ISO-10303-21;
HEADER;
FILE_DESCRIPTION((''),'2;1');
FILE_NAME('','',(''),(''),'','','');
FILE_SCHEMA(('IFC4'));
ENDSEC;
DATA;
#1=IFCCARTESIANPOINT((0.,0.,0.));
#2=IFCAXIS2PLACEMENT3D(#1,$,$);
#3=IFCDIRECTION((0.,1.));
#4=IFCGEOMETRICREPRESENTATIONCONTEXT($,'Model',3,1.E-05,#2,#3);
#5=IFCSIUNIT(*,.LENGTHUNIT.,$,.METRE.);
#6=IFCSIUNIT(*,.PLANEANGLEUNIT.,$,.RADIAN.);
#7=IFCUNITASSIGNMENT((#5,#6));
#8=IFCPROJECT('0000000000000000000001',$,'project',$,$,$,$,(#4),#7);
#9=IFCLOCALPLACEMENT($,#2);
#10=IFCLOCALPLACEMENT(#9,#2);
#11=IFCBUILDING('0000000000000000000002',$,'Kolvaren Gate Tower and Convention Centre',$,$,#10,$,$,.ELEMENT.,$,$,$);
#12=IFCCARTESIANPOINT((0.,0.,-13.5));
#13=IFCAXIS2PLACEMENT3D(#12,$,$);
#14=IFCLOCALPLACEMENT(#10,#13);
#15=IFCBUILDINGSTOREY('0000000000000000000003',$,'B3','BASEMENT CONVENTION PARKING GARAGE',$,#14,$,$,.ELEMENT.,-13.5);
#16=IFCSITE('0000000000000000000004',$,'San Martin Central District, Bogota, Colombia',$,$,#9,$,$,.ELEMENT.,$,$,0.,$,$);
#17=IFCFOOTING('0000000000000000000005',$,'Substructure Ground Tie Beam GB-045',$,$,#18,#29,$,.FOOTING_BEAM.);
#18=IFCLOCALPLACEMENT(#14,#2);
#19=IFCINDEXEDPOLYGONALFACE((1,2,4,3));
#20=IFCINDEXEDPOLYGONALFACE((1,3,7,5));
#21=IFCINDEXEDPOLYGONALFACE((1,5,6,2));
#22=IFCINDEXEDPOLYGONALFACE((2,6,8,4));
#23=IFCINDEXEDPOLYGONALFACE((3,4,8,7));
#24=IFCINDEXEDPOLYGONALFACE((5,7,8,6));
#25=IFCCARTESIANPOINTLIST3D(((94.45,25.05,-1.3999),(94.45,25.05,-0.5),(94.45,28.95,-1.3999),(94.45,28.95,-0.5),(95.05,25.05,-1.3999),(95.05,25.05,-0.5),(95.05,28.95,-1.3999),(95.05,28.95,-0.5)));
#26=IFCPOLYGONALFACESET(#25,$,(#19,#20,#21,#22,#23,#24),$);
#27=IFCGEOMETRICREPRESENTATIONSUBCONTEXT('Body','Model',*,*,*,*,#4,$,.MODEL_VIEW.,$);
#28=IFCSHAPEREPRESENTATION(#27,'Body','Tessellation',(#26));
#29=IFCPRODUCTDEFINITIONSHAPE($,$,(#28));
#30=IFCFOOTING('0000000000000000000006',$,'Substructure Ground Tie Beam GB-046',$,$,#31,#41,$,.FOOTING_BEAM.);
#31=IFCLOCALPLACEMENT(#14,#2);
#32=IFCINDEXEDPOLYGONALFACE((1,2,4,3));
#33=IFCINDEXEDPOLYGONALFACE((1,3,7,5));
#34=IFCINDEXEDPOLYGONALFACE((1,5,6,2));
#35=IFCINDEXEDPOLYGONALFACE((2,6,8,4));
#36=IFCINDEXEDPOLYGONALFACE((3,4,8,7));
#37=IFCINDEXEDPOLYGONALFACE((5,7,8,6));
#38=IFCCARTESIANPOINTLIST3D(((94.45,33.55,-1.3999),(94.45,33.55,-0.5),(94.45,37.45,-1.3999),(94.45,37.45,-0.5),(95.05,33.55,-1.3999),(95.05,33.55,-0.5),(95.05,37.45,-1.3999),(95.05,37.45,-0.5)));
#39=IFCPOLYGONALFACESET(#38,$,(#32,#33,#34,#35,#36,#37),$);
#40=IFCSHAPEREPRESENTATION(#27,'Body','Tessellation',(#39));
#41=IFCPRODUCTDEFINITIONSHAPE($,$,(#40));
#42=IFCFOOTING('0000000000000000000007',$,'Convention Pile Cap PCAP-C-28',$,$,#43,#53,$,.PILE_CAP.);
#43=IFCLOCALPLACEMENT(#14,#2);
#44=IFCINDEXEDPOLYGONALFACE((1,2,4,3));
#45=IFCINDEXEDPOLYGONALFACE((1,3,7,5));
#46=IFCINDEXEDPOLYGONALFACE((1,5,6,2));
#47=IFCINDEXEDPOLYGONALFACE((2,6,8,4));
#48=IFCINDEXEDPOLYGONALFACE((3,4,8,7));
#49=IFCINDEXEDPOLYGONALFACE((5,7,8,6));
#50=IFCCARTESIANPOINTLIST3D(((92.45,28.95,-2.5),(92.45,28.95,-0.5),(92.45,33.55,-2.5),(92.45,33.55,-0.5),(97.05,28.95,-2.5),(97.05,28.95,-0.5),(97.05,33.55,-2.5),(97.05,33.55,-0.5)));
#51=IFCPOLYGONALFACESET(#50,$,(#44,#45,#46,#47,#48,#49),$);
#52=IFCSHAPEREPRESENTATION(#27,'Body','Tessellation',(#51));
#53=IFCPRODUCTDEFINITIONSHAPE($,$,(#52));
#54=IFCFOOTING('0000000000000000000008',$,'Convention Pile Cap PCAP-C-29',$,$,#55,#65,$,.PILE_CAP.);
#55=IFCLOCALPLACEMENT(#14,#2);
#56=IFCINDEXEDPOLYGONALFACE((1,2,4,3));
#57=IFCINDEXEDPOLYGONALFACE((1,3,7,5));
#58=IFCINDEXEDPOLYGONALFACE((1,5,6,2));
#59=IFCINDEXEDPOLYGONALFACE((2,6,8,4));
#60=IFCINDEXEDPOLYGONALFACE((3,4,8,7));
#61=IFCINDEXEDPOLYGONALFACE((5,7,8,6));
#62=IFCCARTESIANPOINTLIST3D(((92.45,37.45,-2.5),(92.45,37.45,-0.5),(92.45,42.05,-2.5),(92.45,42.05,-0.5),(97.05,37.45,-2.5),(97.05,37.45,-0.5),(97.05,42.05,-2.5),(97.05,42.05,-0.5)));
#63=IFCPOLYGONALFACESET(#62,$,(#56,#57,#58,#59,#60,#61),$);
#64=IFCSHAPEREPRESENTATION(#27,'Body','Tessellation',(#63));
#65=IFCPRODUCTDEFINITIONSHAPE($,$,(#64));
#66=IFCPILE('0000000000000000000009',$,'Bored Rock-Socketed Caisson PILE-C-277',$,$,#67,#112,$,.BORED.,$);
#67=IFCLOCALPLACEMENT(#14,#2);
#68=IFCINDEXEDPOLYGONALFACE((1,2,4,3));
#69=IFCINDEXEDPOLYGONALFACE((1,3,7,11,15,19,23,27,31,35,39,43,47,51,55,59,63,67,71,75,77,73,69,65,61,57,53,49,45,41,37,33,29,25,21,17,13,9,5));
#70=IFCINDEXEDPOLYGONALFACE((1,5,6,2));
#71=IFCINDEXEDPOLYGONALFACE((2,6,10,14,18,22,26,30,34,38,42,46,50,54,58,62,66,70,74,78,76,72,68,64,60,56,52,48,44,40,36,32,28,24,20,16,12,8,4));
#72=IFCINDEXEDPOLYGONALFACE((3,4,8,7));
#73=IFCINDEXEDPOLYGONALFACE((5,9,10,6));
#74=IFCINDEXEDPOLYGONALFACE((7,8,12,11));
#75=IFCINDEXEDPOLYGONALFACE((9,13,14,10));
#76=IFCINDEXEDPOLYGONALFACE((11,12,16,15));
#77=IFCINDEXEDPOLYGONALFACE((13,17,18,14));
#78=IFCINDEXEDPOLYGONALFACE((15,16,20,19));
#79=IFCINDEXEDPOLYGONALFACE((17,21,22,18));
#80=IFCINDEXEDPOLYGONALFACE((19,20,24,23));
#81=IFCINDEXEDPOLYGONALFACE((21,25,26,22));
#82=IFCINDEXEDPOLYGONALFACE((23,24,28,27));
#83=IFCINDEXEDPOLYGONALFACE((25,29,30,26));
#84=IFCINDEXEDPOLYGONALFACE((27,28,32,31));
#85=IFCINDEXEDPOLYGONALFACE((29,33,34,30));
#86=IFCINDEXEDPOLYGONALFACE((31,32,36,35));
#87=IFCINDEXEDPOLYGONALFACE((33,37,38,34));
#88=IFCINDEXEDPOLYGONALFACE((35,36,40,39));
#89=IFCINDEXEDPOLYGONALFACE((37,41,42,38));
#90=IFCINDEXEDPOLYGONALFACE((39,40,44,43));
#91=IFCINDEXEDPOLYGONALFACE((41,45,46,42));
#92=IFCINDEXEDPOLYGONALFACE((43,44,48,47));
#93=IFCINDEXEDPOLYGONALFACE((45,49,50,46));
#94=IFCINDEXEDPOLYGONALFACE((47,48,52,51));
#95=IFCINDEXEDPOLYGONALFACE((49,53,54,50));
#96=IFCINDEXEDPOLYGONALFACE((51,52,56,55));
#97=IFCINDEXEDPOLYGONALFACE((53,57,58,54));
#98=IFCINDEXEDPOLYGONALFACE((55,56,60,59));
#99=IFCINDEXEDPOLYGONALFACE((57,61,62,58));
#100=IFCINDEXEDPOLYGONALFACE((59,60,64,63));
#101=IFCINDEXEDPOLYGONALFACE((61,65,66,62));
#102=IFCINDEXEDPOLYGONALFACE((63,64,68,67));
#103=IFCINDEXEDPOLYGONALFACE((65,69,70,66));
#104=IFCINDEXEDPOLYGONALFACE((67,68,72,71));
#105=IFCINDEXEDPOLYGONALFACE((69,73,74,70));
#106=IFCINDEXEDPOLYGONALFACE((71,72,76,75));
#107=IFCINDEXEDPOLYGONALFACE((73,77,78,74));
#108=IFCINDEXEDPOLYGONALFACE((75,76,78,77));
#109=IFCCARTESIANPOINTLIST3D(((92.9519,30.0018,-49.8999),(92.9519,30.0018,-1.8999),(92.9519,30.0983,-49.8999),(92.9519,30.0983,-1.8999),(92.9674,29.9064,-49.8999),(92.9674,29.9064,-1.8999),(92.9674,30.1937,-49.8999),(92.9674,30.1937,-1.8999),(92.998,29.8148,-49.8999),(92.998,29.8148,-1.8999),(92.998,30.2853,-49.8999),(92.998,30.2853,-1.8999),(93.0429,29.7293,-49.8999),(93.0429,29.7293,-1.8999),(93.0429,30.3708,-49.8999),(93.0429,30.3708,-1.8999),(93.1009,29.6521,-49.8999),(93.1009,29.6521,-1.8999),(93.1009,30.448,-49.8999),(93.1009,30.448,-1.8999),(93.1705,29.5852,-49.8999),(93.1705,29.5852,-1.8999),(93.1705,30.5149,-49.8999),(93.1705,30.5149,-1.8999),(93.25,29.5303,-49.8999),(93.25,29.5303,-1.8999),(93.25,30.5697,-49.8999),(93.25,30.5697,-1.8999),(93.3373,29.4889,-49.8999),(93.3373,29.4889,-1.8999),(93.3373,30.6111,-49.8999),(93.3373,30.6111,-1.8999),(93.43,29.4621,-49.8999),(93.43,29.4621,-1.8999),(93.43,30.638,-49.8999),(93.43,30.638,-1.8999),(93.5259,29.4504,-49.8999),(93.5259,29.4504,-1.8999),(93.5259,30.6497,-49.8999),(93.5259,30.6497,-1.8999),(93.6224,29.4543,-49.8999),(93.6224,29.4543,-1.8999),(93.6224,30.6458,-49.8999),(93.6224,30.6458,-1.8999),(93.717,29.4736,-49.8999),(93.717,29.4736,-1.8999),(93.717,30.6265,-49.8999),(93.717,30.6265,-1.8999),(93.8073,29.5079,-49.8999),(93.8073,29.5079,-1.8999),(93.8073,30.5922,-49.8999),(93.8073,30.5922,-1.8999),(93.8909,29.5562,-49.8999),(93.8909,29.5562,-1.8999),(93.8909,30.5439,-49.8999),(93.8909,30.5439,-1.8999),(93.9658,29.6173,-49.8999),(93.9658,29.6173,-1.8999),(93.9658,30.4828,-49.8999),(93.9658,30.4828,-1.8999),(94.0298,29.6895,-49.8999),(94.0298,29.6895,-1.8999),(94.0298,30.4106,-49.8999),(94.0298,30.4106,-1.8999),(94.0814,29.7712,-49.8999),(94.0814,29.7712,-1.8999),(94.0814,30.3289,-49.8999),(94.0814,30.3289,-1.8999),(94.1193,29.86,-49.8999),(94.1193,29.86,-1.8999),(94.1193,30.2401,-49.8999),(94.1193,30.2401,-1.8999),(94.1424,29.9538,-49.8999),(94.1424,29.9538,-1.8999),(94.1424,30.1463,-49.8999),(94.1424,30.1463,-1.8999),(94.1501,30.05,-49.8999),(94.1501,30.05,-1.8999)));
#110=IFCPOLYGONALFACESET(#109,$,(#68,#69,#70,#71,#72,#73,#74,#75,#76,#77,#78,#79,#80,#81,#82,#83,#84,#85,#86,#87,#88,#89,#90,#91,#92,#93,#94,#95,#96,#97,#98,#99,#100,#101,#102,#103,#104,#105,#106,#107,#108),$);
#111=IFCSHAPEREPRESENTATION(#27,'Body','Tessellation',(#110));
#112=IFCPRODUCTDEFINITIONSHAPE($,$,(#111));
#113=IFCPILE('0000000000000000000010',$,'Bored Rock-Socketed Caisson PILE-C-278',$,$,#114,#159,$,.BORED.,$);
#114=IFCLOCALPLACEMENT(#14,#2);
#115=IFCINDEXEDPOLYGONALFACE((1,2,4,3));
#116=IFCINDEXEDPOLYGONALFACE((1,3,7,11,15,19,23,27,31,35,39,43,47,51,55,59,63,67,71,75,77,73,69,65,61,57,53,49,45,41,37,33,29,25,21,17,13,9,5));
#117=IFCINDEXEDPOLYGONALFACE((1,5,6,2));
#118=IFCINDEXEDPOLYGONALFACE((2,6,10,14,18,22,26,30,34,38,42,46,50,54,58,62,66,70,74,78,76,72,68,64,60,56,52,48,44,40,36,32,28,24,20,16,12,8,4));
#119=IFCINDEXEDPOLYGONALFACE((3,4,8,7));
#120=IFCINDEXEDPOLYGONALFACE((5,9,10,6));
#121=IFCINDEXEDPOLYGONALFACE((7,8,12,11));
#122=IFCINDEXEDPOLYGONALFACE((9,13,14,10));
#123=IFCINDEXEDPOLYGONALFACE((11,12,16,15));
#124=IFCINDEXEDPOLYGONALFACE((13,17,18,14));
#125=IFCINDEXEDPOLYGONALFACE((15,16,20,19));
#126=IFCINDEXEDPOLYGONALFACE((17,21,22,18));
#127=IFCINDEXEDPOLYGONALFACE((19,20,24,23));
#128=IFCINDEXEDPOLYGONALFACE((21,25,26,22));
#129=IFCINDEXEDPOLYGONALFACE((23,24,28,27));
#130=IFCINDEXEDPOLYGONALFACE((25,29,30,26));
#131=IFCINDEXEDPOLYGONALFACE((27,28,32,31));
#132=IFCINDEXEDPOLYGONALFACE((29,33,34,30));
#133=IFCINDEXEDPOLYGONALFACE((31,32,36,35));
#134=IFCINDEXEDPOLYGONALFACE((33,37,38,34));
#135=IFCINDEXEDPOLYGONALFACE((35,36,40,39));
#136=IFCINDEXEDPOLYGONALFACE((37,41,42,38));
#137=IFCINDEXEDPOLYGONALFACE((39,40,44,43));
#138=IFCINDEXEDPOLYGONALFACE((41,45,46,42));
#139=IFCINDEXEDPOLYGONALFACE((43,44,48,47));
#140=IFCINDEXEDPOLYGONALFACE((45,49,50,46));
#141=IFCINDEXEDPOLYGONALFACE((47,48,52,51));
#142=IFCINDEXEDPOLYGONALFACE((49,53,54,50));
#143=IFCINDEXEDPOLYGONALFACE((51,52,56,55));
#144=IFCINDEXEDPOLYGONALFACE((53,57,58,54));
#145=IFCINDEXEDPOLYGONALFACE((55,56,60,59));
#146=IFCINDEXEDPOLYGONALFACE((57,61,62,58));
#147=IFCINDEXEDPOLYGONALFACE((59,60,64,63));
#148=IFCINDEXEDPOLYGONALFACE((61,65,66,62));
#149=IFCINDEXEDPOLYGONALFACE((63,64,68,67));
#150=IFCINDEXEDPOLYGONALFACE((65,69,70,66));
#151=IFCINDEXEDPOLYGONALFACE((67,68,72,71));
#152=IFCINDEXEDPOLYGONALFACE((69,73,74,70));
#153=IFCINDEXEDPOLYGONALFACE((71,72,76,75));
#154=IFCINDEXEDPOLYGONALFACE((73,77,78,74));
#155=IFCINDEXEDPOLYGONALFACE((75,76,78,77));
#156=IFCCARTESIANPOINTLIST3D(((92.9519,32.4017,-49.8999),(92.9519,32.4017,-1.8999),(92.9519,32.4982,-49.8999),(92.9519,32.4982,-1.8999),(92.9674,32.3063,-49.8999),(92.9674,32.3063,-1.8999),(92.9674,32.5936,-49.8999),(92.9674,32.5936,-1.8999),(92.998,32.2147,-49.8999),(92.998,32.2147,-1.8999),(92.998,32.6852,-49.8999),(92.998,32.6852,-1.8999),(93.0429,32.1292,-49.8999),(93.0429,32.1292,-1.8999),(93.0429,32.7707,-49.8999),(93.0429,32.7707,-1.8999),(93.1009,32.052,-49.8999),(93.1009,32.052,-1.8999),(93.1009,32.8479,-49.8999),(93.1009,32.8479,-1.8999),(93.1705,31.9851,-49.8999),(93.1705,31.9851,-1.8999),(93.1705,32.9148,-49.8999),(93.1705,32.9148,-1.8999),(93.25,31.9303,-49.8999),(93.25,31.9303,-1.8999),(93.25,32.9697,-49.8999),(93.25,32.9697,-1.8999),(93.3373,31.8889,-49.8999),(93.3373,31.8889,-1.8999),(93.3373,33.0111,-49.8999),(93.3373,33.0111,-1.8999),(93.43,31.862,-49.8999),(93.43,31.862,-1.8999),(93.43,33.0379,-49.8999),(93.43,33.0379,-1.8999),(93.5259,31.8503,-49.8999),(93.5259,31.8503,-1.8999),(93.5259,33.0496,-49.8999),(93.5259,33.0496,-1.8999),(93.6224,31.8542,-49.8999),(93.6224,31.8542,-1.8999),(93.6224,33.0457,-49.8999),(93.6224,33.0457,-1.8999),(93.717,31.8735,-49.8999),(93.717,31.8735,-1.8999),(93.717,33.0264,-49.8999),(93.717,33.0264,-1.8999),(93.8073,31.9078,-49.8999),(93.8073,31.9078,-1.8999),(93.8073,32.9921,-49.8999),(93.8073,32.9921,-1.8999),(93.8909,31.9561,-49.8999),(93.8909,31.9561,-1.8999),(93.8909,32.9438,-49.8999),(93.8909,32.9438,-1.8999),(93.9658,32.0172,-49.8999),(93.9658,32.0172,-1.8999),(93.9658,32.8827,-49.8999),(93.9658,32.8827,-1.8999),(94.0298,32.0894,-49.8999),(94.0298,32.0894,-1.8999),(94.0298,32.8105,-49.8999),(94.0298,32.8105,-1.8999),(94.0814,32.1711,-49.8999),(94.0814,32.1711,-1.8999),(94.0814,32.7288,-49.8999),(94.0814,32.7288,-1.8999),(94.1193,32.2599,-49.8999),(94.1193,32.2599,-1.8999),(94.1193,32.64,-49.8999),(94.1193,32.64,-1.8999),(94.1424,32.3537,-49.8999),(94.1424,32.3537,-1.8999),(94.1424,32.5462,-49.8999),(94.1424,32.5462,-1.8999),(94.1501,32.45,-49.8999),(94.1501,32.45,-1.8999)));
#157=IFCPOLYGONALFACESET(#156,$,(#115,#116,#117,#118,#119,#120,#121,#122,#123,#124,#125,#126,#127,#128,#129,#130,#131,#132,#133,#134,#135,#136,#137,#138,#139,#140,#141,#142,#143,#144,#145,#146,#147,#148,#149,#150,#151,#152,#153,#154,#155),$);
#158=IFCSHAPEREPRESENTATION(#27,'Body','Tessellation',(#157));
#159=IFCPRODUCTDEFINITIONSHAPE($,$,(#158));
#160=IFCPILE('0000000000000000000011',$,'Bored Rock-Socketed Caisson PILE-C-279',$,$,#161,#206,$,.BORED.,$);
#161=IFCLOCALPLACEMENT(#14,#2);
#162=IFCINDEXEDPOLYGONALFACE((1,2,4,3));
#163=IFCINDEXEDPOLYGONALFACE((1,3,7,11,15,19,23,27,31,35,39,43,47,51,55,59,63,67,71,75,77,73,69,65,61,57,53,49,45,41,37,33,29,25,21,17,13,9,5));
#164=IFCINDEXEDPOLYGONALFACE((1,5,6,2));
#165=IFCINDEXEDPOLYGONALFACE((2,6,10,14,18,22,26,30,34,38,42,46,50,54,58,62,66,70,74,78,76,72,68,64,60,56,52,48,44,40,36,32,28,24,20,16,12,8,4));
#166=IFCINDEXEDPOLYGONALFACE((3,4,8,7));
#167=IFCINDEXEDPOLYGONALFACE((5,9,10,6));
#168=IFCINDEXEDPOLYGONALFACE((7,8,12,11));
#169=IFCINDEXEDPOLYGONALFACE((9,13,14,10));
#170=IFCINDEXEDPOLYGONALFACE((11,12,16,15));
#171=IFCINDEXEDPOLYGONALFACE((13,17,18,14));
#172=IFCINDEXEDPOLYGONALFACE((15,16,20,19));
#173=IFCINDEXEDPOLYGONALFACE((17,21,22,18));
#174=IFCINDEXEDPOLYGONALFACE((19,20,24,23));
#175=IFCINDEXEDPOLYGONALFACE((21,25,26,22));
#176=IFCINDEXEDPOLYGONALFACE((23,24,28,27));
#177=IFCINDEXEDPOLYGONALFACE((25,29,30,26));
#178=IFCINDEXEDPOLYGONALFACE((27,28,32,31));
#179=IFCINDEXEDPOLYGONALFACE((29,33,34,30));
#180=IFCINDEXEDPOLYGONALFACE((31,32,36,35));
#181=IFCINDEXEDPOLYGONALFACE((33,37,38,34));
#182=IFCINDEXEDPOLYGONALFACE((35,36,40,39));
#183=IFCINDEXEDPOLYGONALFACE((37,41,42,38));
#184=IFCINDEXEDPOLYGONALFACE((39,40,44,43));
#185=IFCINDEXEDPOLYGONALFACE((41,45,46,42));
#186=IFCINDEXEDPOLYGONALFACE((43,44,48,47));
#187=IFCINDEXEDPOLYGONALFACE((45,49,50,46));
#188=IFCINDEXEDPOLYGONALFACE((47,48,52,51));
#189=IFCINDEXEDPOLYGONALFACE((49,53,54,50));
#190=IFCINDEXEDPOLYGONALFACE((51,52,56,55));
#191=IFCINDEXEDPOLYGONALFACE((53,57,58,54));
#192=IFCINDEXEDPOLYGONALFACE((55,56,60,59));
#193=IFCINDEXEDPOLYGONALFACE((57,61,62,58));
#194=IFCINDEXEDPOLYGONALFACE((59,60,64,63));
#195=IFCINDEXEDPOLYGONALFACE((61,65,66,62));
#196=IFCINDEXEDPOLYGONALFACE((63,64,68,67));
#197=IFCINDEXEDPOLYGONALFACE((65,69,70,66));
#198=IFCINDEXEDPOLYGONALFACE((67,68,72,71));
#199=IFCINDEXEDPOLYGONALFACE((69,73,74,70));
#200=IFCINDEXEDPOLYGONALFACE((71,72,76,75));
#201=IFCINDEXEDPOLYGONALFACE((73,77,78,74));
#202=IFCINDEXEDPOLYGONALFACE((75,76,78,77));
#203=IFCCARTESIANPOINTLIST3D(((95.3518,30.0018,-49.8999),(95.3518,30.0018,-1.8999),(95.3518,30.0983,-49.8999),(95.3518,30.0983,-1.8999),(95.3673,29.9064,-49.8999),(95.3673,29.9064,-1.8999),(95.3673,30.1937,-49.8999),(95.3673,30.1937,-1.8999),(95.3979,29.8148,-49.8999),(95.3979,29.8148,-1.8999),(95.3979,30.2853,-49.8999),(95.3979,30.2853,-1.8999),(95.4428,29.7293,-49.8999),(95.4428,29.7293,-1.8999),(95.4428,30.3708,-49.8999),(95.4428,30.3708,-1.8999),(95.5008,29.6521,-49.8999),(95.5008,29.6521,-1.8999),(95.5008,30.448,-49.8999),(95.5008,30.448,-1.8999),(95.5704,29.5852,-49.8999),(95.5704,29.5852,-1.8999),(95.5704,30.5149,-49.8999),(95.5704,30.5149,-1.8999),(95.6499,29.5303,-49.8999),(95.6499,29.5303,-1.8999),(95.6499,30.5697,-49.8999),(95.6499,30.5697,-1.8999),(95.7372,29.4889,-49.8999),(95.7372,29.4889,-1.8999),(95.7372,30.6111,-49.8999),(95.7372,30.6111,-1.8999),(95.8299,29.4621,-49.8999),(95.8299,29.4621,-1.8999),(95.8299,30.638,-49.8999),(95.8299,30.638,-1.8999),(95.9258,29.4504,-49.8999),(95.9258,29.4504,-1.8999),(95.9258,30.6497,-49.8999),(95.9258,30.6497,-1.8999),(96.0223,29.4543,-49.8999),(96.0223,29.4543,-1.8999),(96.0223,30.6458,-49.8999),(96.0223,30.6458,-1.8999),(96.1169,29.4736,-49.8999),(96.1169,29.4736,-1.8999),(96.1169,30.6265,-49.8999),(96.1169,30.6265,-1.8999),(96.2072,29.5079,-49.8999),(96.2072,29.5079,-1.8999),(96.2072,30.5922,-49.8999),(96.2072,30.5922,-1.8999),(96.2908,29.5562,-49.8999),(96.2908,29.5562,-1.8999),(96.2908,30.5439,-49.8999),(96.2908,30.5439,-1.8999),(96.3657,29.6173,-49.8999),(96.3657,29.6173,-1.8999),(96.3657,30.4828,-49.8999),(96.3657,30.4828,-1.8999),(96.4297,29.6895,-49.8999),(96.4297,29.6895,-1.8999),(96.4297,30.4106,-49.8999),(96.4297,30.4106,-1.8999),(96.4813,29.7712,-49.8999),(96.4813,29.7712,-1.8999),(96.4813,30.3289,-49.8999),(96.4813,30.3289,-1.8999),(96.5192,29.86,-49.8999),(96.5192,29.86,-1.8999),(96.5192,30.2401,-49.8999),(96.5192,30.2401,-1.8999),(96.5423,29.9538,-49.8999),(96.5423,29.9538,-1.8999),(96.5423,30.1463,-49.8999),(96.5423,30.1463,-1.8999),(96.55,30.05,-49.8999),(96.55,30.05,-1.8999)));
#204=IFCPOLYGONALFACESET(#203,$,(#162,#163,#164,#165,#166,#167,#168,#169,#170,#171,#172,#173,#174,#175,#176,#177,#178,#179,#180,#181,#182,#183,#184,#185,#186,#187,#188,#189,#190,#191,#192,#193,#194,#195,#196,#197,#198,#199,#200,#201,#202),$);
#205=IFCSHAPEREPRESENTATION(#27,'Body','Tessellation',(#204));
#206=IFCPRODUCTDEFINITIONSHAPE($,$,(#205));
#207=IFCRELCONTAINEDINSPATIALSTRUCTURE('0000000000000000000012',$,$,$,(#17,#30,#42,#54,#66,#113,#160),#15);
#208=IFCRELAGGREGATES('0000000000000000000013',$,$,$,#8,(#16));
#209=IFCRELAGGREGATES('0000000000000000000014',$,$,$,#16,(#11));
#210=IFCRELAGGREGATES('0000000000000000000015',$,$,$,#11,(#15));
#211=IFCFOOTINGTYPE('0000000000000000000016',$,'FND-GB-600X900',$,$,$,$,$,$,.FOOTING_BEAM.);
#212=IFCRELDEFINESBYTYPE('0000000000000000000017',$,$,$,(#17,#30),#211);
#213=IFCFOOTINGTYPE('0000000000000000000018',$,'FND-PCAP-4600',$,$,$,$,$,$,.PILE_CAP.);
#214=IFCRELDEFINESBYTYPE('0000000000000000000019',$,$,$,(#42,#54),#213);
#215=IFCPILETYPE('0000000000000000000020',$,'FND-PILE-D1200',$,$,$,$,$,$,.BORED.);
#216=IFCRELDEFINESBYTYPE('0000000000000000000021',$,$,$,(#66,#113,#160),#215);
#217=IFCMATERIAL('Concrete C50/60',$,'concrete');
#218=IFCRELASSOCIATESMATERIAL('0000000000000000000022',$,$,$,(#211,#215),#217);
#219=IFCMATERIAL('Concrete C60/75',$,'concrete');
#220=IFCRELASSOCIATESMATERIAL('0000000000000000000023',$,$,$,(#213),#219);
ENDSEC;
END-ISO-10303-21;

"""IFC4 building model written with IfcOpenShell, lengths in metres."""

from ifc_helpers import new_model, si_unit, direction, frame, origin, origin_2d, place, context, subcontext, project, spatial, rectangle, circle, extrude, material, material_profile, profile_set, type_object, element, save


model = new_model("IFC4")

# Units and contexts
model_context = context("Model", 3, precision=1e-05, world=origin(), true_north=direction((0.0, 1.0)))
body_context = subcontext(model_context, "Body", "Model", "MODEL_VIEW")
ifc_project = project(units=[si_unit("LENGTHUNIT", "METRE"), si_unit("PLANEANGLEUNIT", "RADIAN")], contexts=[model_context])

# Site, building, storey
site_placement = place(None, origin())
site = spatial("IfcSite", under=ifc_project, at=site_placement, Name="San Martin Central District, Bogota, Colombia", CompositionType="ELEMENT", RefElevation=0.0)
building_placement = place(site_placement, origin())
building = spatial("IfcBuilding", under=site, at=building_placement, Name="Kolvaren Gate Tower and Convention Centre", CompositionType="ELEMENT")
storey_placement = place(building_placement, frame((0.0, 0.0, -13.5)))
storey = spatial("IfcBuildingStorey", under=building, at=storey_placement, Name="B3", Description="BASEMENT CONVENTION PARKING GARAGE", CompositionType="ELEMENT", Elevation=-13.5)

# Footings
ifc_material_1 = material(Name="Concrete C50/60", Category="concrete")
ifc_material_profile_1 = material_profile(ifc_material_1, rectangle(XDim=0.6001, YDim=0.8999, at=origin_2d()), Name="RC-BM-600X900")
ifc_profile_set_1 = profile_set([ifc_material_profile_1], Name="Concrete C50/60")
footing_type_1 = type_object("IfcFootingType", Name="FND-GB-600X900", PredefinedType="FOOTING_BEAM", material=ifc_profile_set_1)
for number, where, z_axis, x_axis, name in (
    (1, (94.75, 25.05, -0.95), (0.0, 1.0, 0.0), (-1.0, 0.0, 0.0), "Substructure Ground Tie Beam GB-045"),
    (2, (94.75, 33.55, -0.95), (0.0, 1.0, 0.0), (-1.0, 0.0, 0.0), "Substructure Ground Tie Beam GB-046"),
):
    element("IfcFooting", number, at=place(storey_placement, frame(where, z_axis=z_axis, x_axis=x_axis)), inside=storey, type_object=footing_type_1, Name=name, PredefinedType="FOOTING_BEAM", context=body_context, shape_type="SweptSolid", body=[
        extrude(rectangle(XDim=0.6001, YDim=0.8999, at=origin_2d()), origin(), (0.0, 0.0, 1.0), 3.8999),
    ])
ifc_material_2 = material(Name="Concrete C60/75", Category="concrete")
footing_type_2 = type_object("IfcFootingType", Name="FND-PCAP-4600", PredefinedType="PILE_CAP", material=ifc_material_2)
for number, where, z_axis, x_axis, name in (
    (3, (94.75, 31.25, -2.5), (0.0, 0.0, 1.0), (1.0, 0.0, 0.0), "Convention Pile Cap PCAP-C-28"),
    (4, (94.75, 39.75, -2.5), (0.0, 0.0, 1.0), (1.0, 0.0, 0.0), "Convention Pile Cap PCAP-C-29"),
):
    element("IfcFooting", number, at=place(storey_placement, frame(where, z_axis=z_axis, x_axis=x_axis)), inside=storey, type_object=footing_type_2, Name=name, PredefinedType="PILE_CAP", context=body_context, shape_type="SweptSolid", body=[
        extrude(rectangle(XDim=4.6001, YDim=4.6001, at=origin_2d()), origin(), (0.0, 0.0, 1.0), 2.0),
    ])

# Piles
ifc_material_profile_2 = material_profile(ifc_material_1, circle(Radius=0.6001, at=origin_2d()), Name="CAISSON-D1200")
ifc_profile_set_2 = profile_set([ifc_material_profile_2], Name="Concrete C50/60")
pile_type = type_object("IfcPileType", Name="FND-PILE-D1200", PredefinedType="BORED", material=ifc_profile_set_2)
for number, where, z_axis, x_axis, name in (
    (5, (93.55, 30.05, -1.8999), (0.0, 0.0, -1.0), (1.0, 0.0, 0.0), "Bored Rock-Socketed Caisson PILE-C-277"),
    (6, (93.55, 32.45, -1.8999), (0.0, 0.0, -1.0), (1.0, 0.0, 0.0), "Bored Rock-Socketed Caisson PILE-C-278"),
    (7, (95.95, 30.05, -1.8999), (0.0, 0.0, -1.0), (1.0, 0.0, 0.0), "Bored Rock-Socketed Caisson PILE-C-279"),
):
    element("IfcPile", number, at=place(storey_placement, frame(where, z_axis=z_axis, x_axis=x_axis)), inside=storey, type_object=pile_type, Name=name, PredefinedType="BORED", context=body_context, shape_type="SweptSolid", body=[
        extrude(circle(Radius=0.6001, at=origin_2d()), origin(), (0.0, 0.0, 1.0), 48.0),
    ])

save(model, "model.ifc")
